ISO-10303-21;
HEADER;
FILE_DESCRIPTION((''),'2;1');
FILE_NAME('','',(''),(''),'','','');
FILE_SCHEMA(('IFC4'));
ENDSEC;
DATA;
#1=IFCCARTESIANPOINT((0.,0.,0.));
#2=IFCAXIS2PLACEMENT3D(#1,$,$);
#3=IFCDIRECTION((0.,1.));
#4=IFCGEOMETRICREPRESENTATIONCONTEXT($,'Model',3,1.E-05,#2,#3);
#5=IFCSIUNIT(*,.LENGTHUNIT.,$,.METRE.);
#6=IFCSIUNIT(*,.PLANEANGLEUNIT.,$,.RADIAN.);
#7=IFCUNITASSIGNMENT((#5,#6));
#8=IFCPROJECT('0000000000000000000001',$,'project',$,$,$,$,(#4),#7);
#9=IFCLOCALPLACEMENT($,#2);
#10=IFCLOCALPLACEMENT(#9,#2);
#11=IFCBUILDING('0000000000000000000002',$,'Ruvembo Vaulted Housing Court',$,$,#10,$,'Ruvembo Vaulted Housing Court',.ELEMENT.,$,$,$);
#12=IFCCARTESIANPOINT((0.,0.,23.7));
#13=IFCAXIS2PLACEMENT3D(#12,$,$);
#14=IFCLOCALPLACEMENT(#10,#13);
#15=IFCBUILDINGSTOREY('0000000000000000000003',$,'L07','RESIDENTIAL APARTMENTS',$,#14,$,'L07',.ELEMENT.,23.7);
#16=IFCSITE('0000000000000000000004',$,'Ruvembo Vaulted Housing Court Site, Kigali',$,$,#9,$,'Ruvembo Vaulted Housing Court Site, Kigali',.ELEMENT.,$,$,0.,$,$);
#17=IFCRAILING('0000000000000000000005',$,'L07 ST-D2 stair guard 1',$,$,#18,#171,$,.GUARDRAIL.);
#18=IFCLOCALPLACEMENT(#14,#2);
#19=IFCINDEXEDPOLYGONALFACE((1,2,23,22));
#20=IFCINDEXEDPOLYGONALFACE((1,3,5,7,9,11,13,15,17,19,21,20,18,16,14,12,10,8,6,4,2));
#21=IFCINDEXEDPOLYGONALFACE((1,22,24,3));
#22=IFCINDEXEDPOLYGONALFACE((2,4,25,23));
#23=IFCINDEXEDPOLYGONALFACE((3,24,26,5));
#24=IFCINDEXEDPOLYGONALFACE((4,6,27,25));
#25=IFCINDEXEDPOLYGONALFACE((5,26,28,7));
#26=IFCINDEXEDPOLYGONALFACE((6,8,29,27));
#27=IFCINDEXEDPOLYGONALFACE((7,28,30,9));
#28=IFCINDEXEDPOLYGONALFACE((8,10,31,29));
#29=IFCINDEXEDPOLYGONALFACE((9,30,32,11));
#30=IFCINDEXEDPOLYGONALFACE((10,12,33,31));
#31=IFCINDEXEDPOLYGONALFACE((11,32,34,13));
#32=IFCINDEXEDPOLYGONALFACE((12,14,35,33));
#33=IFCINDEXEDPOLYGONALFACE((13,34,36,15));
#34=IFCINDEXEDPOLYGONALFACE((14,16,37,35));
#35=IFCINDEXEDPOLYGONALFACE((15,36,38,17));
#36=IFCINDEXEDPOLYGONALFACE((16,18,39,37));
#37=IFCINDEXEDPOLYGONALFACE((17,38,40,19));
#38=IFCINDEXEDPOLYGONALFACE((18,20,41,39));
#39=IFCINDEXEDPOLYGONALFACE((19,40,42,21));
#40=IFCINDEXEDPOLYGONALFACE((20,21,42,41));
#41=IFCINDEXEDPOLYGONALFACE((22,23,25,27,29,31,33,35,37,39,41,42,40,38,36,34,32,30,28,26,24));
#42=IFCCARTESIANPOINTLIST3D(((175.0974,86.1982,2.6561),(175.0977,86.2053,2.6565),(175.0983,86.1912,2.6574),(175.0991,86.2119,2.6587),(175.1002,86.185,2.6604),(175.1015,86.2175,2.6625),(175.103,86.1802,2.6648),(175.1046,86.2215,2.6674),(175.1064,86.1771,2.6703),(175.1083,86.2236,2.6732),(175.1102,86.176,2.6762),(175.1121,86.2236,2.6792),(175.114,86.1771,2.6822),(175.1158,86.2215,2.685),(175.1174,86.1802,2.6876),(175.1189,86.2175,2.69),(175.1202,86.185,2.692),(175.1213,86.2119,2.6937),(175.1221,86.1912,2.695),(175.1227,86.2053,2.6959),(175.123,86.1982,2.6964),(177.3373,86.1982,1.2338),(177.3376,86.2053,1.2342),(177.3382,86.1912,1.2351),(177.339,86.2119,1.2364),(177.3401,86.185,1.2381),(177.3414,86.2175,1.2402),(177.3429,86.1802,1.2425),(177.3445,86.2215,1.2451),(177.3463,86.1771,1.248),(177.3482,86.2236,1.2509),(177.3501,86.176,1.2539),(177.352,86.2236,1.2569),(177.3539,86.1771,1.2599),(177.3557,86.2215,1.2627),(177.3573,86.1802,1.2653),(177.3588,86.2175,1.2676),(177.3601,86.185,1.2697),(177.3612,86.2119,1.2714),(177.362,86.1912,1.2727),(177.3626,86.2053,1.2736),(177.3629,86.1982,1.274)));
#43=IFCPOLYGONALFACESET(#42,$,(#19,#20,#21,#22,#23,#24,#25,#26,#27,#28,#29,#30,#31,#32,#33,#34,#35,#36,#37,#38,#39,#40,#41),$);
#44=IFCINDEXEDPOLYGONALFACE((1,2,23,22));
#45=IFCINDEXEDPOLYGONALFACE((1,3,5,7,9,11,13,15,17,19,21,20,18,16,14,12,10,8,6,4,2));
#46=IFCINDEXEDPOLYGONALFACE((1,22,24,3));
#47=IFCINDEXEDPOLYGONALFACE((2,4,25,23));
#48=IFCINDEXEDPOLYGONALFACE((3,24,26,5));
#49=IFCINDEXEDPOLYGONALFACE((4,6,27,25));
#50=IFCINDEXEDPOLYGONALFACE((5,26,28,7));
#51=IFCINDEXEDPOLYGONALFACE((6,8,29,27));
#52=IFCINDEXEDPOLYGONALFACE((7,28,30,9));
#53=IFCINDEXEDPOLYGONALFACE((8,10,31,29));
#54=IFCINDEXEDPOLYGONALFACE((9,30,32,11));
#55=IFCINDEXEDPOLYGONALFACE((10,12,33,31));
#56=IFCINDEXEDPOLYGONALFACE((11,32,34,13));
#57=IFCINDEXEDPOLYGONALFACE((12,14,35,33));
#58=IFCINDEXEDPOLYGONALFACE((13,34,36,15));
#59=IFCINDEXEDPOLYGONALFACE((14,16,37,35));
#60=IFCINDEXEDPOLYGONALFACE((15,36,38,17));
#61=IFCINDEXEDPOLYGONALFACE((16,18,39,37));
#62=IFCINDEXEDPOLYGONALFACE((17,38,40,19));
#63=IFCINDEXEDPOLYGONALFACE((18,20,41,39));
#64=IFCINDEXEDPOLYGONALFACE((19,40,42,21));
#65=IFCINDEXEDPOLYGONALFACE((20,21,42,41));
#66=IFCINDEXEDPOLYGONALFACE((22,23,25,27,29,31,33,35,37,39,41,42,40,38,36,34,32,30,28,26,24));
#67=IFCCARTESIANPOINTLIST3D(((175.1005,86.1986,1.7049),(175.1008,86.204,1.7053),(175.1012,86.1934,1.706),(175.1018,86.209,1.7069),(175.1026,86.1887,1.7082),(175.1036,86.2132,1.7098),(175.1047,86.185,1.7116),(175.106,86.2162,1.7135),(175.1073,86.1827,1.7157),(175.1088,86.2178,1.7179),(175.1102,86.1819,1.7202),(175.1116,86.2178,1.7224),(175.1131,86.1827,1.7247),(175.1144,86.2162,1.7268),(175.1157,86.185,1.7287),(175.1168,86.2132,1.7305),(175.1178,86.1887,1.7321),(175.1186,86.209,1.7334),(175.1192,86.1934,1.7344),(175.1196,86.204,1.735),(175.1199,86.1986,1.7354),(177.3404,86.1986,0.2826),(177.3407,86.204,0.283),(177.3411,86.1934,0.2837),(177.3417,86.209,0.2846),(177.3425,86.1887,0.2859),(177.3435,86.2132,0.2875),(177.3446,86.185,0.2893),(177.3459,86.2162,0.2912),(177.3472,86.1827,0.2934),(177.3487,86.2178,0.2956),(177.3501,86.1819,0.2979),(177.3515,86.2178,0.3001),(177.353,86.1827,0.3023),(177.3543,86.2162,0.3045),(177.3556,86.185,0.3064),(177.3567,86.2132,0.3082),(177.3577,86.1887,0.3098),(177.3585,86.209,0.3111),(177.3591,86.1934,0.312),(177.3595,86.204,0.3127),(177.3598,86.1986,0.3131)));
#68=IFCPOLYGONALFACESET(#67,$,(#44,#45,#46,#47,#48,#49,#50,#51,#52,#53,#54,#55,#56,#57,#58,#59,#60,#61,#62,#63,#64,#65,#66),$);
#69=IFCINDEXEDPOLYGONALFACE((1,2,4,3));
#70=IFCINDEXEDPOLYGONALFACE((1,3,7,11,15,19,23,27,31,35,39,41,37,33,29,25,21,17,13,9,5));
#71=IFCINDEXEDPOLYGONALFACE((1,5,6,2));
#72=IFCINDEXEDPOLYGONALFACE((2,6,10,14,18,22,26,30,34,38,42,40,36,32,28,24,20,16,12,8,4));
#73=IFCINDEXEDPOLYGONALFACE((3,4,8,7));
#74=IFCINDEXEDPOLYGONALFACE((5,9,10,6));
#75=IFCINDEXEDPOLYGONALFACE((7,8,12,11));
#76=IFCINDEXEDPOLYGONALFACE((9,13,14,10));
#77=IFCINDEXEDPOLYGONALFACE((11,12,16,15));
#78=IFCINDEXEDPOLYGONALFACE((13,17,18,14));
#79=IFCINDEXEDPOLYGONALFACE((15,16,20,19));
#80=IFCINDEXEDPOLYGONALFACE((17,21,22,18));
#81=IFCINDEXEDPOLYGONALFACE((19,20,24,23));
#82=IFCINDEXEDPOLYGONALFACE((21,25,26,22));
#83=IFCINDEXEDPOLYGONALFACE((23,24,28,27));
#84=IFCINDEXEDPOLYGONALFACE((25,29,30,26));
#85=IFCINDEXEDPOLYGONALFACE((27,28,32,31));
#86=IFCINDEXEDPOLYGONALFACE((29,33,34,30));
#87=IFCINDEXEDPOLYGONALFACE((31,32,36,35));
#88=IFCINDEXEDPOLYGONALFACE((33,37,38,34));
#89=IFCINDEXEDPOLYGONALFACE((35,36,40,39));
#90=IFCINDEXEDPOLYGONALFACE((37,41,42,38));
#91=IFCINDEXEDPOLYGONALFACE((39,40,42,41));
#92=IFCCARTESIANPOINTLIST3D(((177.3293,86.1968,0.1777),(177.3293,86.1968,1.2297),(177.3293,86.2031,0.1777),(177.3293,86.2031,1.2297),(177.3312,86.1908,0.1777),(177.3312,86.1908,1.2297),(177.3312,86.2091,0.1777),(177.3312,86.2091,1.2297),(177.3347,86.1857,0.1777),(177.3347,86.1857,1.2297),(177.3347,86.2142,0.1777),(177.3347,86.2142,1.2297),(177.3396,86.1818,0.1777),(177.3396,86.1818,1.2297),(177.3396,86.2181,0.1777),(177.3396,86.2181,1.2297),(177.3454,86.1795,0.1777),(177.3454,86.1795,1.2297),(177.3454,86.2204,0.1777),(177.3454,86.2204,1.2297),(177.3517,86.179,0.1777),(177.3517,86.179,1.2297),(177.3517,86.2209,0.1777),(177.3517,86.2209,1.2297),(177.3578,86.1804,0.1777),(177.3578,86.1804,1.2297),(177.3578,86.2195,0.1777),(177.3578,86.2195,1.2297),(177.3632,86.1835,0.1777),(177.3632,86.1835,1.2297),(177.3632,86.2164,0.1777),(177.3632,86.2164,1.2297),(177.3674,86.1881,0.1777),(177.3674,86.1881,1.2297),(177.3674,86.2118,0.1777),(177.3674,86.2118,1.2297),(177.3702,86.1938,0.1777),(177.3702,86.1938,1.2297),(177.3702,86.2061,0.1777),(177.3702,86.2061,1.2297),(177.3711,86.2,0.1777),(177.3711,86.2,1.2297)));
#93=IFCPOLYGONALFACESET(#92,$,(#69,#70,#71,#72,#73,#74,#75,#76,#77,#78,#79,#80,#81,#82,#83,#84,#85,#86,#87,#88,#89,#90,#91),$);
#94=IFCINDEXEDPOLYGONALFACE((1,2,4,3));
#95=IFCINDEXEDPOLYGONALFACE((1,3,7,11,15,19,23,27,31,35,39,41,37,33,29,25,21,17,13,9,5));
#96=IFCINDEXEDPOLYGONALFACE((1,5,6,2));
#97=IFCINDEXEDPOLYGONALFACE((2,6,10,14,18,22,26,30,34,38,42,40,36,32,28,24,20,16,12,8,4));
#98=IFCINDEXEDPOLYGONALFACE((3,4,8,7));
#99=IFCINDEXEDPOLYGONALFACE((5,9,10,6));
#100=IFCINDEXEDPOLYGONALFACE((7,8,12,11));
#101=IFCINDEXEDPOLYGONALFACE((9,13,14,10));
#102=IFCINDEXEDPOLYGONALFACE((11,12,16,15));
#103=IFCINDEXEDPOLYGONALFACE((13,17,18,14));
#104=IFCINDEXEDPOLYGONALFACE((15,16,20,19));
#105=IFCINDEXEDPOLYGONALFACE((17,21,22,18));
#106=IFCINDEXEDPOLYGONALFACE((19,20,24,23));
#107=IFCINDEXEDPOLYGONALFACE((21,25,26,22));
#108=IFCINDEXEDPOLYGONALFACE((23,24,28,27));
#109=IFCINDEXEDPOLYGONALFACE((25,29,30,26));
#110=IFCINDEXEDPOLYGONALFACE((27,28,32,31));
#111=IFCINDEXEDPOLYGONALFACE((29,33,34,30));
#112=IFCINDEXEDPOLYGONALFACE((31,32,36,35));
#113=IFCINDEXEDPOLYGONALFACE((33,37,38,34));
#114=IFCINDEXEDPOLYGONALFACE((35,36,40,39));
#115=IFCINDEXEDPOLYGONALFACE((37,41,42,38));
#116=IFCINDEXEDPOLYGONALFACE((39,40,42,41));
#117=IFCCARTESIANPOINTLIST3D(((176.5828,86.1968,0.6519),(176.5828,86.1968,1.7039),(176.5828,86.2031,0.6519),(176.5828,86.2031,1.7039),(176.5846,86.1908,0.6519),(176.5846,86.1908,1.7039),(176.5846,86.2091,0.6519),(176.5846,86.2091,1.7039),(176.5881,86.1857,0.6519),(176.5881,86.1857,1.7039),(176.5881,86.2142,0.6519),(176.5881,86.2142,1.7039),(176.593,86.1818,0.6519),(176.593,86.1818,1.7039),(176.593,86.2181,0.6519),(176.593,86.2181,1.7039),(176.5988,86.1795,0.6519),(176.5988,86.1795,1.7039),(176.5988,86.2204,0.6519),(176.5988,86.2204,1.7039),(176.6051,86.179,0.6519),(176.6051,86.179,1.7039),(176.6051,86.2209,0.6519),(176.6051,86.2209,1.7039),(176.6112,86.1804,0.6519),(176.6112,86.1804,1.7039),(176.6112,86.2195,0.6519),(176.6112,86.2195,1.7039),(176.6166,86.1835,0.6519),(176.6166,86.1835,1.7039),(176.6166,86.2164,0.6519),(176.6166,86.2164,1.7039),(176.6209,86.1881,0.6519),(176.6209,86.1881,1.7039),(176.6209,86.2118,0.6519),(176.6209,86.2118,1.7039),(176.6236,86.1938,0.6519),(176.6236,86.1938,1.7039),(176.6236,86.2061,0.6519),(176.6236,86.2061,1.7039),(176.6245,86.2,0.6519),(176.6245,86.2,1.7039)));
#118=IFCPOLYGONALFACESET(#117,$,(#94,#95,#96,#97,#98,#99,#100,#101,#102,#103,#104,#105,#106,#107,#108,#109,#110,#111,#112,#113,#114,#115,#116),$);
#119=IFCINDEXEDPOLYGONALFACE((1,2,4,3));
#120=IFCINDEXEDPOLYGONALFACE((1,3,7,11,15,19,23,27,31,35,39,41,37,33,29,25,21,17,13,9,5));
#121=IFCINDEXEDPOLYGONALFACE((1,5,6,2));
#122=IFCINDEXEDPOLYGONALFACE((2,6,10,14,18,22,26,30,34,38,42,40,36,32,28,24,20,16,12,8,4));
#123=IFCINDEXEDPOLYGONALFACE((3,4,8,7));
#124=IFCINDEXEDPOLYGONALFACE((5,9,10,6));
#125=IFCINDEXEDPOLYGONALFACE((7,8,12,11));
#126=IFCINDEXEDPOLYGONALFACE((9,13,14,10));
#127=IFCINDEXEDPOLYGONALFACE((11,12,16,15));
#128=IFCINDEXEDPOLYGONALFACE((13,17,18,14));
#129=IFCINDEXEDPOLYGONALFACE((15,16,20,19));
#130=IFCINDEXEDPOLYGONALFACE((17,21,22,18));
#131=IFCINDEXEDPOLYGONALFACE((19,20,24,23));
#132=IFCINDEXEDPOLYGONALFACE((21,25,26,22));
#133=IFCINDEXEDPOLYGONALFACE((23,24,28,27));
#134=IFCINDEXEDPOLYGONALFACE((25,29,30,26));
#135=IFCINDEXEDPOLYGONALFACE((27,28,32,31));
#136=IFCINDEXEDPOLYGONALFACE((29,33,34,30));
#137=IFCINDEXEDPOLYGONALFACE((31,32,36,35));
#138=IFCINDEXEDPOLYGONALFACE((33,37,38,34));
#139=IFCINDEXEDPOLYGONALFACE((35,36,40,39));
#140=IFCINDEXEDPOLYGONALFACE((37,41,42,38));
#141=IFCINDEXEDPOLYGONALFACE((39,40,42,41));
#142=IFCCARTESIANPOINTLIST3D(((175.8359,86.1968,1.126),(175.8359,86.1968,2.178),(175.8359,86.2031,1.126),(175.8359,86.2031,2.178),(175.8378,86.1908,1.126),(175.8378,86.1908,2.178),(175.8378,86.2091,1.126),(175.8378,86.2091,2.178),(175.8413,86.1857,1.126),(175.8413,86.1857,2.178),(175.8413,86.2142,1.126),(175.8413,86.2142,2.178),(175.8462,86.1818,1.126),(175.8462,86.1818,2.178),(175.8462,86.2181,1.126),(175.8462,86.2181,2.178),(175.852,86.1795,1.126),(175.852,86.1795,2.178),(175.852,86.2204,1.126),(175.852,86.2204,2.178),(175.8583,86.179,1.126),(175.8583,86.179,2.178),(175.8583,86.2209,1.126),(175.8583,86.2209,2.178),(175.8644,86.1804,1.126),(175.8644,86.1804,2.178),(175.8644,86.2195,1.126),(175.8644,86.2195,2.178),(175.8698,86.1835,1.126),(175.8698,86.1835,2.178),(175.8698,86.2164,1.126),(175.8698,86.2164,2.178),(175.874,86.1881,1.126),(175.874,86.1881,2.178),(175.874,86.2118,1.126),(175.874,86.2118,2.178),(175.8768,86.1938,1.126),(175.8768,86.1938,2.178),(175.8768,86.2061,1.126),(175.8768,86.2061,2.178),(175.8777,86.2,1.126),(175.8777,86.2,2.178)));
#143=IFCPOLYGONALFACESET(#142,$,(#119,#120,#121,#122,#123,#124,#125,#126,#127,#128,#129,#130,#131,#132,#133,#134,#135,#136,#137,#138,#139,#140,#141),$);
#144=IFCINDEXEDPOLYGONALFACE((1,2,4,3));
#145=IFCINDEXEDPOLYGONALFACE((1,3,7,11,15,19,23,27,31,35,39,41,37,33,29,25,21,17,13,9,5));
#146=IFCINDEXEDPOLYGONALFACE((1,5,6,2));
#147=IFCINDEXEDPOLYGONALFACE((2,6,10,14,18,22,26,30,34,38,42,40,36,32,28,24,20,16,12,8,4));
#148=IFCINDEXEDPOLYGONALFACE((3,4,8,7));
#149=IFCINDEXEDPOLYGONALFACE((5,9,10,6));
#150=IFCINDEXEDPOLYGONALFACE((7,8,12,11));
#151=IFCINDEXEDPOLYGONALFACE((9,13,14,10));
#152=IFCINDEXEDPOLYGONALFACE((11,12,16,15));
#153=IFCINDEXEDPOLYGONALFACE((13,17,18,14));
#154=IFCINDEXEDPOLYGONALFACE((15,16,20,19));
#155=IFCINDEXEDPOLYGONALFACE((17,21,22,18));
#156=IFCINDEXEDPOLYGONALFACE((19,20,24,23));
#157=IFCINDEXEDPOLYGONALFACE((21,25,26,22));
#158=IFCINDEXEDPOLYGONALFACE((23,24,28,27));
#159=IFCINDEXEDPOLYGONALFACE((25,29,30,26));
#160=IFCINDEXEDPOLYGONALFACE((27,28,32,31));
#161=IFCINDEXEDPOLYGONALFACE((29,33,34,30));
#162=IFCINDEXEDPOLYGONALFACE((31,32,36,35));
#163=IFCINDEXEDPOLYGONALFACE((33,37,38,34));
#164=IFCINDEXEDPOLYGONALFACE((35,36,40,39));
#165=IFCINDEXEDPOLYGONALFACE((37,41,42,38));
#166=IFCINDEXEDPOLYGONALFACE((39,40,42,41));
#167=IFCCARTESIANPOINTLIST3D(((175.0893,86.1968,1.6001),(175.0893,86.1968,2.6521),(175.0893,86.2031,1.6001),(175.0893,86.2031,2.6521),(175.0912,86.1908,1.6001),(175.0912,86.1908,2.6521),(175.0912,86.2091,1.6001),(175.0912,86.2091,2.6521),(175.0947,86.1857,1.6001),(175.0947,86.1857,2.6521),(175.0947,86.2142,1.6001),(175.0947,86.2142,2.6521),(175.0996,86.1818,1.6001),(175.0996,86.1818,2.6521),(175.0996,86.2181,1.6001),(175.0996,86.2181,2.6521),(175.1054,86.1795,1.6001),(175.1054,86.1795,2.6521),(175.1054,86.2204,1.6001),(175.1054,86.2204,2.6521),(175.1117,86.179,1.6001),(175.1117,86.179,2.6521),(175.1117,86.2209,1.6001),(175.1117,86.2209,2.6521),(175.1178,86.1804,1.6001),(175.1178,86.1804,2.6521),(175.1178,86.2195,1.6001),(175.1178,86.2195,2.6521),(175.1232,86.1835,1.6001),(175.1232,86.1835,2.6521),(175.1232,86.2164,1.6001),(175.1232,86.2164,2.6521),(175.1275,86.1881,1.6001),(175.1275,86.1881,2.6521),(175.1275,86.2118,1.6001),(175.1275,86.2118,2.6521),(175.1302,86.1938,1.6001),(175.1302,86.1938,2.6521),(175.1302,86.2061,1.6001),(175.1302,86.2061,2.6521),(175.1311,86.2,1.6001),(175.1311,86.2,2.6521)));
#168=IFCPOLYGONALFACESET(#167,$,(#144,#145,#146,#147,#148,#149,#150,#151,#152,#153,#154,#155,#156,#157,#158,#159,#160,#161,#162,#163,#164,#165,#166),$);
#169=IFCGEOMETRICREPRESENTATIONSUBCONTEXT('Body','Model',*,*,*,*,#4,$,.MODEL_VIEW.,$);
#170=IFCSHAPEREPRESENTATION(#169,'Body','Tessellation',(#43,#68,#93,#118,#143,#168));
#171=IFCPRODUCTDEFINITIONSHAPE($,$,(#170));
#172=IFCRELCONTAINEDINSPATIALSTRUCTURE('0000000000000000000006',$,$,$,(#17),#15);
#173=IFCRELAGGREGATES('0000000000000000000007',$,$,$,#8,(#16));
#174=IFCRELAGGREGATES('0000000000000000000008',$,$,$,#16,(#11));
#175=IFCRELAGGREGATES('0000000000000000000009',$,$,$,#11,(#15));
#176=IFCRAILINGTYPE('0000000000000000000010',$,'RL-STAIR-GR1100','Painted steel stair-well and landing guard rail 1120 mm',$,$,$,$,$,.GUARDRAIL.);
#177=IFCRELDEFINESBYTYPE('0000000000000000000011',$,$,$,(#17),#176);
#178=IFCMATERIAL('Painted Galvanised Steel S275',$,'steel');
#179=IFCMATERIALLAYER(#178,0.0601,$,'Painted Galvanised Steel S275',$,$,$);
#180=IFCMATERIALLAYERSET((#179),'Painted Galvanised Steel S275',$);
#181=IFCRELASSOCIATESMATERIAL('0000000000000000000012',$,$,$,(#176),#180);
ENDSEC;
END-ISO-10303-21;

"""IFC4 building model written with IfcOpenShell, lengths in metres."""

from ifc_helpers import new_model, si_unit, direction, frame, origin, origin_2d, place, context, subcontext, project, spatial, circle, extrude, material, layer, layer_set, type_object, element, save


model = new_model("IFC4")

# Units and contexts
model_context = context("Model", 3, precision=1e-05, world=origin(), true_north=direction((0.0, 1.0)))
body_context = subcontext(model_context, "Body", "Model", "MODEL_VIEW")
ifc_project = project(units=[si_unit("LENGTHUNIT", "METRE"), si_unit("PLANEANGLEUNIT", "RADIAN")], contexts=[model_context])

# Site, building, storey
site_placement = place(None, origin())
site = spatial("IfcSite", under=ifc_project, at=site_placement, Name="Ruvembo Vaulted Housing Court Site, Kigali", LongName="Ruvembo Vaulted Housing Court Site, Kigali", CompositionType="ELEMENT", RefElevation=0.0)
building_placement = place(site_placement, origin())
building = spatial("IfcBuilding", under=site, at=building_placement, Name="Ruvembo Vaulted Housing Court", LongName="Ruvembo Vaulted Housing Court", CompositionType="ELEMENT")
storey_placement = place(building_placement, frame((0.0, 0.0, 23.7)))
storey = spatial("IfcBuildingStorey", under=building, at=storey_placement, Name="L07", Description="RESIDENTIAL APARTMENTS", LongName="L07", CompositionType="ELEMENT", Elevation=23.7)

# Railing
ifc_material_1 = material(Name="Painted Galvanised Steel S275", Category="steel")
ifc_layer_1 = layer(ifc_material_1, 0.0601, Name="Painted Galvanised Steel S275")
ifc_layer_set_1 = layer_set([ifc_layer_1], Name="Painted Galvanised Steel S275")
railing_type = type_object("IfcRailingType", Name="RL-STAIR-GR1100", Description="Painted steel stair-well and landing guard rail 1120 mm", PredefinedType="GUARDRAIL", material=ifc_layer_set_1)
railing_1_placement = place(storey_placement, frame((177.3501, 86.2, 0.1777)))
element("IfcRailing", 1, at=railing_1_placement, inside=storey, type_object=railing_type, Name="L07 ST-D2 stair guard 1", PredefinedType="GUARDRAIL", context=body_context, shape_type="SweptSolid", body=[
    extrude(circle(Radius=0.0239, at=origin_2d()), frame((0.0, 0.0, 1.0762), z_axis=(-0.844188, 0.0, 0.536048), x_axis=(0.0, -1.0, 0.0)), (0.0, 0.0, 1.0), 2.6533),
    extrude(circle(Radius=0.0181, at=origin_2d()), frame((0.0, 0.0, 0.1201), z_axis=(-0.844188, 0.0, 0.536048), x_axis=(0.0, -1.0, 0.0)), (0.0, 0.0, 1.0), 2.6533),
    extrude(circle(Radius=0.021, at=origin_2d()), origin(), (0.0, 0.0, 1.0), 1.052),
    extrude(circle(Radius=0.021, at=origin_2d()), frame((-0.7466, 0.0, 0.4741)), (0.0, 0.0, 1.0), 1.052),
    extrude(circle(Radius=0.021, at=origin_2d()), frame((-1.4934, 0.0, 0.9482)), (0.0, 0.0, 1.0), 1.052),
    extrude(circle(Radius=0.021, at=origin_2d()), frame((-2.24, 0.0, 1.4224)), (0.0, 0.0, 1.0), 1.052),
])

save(model, "model.ifc")
